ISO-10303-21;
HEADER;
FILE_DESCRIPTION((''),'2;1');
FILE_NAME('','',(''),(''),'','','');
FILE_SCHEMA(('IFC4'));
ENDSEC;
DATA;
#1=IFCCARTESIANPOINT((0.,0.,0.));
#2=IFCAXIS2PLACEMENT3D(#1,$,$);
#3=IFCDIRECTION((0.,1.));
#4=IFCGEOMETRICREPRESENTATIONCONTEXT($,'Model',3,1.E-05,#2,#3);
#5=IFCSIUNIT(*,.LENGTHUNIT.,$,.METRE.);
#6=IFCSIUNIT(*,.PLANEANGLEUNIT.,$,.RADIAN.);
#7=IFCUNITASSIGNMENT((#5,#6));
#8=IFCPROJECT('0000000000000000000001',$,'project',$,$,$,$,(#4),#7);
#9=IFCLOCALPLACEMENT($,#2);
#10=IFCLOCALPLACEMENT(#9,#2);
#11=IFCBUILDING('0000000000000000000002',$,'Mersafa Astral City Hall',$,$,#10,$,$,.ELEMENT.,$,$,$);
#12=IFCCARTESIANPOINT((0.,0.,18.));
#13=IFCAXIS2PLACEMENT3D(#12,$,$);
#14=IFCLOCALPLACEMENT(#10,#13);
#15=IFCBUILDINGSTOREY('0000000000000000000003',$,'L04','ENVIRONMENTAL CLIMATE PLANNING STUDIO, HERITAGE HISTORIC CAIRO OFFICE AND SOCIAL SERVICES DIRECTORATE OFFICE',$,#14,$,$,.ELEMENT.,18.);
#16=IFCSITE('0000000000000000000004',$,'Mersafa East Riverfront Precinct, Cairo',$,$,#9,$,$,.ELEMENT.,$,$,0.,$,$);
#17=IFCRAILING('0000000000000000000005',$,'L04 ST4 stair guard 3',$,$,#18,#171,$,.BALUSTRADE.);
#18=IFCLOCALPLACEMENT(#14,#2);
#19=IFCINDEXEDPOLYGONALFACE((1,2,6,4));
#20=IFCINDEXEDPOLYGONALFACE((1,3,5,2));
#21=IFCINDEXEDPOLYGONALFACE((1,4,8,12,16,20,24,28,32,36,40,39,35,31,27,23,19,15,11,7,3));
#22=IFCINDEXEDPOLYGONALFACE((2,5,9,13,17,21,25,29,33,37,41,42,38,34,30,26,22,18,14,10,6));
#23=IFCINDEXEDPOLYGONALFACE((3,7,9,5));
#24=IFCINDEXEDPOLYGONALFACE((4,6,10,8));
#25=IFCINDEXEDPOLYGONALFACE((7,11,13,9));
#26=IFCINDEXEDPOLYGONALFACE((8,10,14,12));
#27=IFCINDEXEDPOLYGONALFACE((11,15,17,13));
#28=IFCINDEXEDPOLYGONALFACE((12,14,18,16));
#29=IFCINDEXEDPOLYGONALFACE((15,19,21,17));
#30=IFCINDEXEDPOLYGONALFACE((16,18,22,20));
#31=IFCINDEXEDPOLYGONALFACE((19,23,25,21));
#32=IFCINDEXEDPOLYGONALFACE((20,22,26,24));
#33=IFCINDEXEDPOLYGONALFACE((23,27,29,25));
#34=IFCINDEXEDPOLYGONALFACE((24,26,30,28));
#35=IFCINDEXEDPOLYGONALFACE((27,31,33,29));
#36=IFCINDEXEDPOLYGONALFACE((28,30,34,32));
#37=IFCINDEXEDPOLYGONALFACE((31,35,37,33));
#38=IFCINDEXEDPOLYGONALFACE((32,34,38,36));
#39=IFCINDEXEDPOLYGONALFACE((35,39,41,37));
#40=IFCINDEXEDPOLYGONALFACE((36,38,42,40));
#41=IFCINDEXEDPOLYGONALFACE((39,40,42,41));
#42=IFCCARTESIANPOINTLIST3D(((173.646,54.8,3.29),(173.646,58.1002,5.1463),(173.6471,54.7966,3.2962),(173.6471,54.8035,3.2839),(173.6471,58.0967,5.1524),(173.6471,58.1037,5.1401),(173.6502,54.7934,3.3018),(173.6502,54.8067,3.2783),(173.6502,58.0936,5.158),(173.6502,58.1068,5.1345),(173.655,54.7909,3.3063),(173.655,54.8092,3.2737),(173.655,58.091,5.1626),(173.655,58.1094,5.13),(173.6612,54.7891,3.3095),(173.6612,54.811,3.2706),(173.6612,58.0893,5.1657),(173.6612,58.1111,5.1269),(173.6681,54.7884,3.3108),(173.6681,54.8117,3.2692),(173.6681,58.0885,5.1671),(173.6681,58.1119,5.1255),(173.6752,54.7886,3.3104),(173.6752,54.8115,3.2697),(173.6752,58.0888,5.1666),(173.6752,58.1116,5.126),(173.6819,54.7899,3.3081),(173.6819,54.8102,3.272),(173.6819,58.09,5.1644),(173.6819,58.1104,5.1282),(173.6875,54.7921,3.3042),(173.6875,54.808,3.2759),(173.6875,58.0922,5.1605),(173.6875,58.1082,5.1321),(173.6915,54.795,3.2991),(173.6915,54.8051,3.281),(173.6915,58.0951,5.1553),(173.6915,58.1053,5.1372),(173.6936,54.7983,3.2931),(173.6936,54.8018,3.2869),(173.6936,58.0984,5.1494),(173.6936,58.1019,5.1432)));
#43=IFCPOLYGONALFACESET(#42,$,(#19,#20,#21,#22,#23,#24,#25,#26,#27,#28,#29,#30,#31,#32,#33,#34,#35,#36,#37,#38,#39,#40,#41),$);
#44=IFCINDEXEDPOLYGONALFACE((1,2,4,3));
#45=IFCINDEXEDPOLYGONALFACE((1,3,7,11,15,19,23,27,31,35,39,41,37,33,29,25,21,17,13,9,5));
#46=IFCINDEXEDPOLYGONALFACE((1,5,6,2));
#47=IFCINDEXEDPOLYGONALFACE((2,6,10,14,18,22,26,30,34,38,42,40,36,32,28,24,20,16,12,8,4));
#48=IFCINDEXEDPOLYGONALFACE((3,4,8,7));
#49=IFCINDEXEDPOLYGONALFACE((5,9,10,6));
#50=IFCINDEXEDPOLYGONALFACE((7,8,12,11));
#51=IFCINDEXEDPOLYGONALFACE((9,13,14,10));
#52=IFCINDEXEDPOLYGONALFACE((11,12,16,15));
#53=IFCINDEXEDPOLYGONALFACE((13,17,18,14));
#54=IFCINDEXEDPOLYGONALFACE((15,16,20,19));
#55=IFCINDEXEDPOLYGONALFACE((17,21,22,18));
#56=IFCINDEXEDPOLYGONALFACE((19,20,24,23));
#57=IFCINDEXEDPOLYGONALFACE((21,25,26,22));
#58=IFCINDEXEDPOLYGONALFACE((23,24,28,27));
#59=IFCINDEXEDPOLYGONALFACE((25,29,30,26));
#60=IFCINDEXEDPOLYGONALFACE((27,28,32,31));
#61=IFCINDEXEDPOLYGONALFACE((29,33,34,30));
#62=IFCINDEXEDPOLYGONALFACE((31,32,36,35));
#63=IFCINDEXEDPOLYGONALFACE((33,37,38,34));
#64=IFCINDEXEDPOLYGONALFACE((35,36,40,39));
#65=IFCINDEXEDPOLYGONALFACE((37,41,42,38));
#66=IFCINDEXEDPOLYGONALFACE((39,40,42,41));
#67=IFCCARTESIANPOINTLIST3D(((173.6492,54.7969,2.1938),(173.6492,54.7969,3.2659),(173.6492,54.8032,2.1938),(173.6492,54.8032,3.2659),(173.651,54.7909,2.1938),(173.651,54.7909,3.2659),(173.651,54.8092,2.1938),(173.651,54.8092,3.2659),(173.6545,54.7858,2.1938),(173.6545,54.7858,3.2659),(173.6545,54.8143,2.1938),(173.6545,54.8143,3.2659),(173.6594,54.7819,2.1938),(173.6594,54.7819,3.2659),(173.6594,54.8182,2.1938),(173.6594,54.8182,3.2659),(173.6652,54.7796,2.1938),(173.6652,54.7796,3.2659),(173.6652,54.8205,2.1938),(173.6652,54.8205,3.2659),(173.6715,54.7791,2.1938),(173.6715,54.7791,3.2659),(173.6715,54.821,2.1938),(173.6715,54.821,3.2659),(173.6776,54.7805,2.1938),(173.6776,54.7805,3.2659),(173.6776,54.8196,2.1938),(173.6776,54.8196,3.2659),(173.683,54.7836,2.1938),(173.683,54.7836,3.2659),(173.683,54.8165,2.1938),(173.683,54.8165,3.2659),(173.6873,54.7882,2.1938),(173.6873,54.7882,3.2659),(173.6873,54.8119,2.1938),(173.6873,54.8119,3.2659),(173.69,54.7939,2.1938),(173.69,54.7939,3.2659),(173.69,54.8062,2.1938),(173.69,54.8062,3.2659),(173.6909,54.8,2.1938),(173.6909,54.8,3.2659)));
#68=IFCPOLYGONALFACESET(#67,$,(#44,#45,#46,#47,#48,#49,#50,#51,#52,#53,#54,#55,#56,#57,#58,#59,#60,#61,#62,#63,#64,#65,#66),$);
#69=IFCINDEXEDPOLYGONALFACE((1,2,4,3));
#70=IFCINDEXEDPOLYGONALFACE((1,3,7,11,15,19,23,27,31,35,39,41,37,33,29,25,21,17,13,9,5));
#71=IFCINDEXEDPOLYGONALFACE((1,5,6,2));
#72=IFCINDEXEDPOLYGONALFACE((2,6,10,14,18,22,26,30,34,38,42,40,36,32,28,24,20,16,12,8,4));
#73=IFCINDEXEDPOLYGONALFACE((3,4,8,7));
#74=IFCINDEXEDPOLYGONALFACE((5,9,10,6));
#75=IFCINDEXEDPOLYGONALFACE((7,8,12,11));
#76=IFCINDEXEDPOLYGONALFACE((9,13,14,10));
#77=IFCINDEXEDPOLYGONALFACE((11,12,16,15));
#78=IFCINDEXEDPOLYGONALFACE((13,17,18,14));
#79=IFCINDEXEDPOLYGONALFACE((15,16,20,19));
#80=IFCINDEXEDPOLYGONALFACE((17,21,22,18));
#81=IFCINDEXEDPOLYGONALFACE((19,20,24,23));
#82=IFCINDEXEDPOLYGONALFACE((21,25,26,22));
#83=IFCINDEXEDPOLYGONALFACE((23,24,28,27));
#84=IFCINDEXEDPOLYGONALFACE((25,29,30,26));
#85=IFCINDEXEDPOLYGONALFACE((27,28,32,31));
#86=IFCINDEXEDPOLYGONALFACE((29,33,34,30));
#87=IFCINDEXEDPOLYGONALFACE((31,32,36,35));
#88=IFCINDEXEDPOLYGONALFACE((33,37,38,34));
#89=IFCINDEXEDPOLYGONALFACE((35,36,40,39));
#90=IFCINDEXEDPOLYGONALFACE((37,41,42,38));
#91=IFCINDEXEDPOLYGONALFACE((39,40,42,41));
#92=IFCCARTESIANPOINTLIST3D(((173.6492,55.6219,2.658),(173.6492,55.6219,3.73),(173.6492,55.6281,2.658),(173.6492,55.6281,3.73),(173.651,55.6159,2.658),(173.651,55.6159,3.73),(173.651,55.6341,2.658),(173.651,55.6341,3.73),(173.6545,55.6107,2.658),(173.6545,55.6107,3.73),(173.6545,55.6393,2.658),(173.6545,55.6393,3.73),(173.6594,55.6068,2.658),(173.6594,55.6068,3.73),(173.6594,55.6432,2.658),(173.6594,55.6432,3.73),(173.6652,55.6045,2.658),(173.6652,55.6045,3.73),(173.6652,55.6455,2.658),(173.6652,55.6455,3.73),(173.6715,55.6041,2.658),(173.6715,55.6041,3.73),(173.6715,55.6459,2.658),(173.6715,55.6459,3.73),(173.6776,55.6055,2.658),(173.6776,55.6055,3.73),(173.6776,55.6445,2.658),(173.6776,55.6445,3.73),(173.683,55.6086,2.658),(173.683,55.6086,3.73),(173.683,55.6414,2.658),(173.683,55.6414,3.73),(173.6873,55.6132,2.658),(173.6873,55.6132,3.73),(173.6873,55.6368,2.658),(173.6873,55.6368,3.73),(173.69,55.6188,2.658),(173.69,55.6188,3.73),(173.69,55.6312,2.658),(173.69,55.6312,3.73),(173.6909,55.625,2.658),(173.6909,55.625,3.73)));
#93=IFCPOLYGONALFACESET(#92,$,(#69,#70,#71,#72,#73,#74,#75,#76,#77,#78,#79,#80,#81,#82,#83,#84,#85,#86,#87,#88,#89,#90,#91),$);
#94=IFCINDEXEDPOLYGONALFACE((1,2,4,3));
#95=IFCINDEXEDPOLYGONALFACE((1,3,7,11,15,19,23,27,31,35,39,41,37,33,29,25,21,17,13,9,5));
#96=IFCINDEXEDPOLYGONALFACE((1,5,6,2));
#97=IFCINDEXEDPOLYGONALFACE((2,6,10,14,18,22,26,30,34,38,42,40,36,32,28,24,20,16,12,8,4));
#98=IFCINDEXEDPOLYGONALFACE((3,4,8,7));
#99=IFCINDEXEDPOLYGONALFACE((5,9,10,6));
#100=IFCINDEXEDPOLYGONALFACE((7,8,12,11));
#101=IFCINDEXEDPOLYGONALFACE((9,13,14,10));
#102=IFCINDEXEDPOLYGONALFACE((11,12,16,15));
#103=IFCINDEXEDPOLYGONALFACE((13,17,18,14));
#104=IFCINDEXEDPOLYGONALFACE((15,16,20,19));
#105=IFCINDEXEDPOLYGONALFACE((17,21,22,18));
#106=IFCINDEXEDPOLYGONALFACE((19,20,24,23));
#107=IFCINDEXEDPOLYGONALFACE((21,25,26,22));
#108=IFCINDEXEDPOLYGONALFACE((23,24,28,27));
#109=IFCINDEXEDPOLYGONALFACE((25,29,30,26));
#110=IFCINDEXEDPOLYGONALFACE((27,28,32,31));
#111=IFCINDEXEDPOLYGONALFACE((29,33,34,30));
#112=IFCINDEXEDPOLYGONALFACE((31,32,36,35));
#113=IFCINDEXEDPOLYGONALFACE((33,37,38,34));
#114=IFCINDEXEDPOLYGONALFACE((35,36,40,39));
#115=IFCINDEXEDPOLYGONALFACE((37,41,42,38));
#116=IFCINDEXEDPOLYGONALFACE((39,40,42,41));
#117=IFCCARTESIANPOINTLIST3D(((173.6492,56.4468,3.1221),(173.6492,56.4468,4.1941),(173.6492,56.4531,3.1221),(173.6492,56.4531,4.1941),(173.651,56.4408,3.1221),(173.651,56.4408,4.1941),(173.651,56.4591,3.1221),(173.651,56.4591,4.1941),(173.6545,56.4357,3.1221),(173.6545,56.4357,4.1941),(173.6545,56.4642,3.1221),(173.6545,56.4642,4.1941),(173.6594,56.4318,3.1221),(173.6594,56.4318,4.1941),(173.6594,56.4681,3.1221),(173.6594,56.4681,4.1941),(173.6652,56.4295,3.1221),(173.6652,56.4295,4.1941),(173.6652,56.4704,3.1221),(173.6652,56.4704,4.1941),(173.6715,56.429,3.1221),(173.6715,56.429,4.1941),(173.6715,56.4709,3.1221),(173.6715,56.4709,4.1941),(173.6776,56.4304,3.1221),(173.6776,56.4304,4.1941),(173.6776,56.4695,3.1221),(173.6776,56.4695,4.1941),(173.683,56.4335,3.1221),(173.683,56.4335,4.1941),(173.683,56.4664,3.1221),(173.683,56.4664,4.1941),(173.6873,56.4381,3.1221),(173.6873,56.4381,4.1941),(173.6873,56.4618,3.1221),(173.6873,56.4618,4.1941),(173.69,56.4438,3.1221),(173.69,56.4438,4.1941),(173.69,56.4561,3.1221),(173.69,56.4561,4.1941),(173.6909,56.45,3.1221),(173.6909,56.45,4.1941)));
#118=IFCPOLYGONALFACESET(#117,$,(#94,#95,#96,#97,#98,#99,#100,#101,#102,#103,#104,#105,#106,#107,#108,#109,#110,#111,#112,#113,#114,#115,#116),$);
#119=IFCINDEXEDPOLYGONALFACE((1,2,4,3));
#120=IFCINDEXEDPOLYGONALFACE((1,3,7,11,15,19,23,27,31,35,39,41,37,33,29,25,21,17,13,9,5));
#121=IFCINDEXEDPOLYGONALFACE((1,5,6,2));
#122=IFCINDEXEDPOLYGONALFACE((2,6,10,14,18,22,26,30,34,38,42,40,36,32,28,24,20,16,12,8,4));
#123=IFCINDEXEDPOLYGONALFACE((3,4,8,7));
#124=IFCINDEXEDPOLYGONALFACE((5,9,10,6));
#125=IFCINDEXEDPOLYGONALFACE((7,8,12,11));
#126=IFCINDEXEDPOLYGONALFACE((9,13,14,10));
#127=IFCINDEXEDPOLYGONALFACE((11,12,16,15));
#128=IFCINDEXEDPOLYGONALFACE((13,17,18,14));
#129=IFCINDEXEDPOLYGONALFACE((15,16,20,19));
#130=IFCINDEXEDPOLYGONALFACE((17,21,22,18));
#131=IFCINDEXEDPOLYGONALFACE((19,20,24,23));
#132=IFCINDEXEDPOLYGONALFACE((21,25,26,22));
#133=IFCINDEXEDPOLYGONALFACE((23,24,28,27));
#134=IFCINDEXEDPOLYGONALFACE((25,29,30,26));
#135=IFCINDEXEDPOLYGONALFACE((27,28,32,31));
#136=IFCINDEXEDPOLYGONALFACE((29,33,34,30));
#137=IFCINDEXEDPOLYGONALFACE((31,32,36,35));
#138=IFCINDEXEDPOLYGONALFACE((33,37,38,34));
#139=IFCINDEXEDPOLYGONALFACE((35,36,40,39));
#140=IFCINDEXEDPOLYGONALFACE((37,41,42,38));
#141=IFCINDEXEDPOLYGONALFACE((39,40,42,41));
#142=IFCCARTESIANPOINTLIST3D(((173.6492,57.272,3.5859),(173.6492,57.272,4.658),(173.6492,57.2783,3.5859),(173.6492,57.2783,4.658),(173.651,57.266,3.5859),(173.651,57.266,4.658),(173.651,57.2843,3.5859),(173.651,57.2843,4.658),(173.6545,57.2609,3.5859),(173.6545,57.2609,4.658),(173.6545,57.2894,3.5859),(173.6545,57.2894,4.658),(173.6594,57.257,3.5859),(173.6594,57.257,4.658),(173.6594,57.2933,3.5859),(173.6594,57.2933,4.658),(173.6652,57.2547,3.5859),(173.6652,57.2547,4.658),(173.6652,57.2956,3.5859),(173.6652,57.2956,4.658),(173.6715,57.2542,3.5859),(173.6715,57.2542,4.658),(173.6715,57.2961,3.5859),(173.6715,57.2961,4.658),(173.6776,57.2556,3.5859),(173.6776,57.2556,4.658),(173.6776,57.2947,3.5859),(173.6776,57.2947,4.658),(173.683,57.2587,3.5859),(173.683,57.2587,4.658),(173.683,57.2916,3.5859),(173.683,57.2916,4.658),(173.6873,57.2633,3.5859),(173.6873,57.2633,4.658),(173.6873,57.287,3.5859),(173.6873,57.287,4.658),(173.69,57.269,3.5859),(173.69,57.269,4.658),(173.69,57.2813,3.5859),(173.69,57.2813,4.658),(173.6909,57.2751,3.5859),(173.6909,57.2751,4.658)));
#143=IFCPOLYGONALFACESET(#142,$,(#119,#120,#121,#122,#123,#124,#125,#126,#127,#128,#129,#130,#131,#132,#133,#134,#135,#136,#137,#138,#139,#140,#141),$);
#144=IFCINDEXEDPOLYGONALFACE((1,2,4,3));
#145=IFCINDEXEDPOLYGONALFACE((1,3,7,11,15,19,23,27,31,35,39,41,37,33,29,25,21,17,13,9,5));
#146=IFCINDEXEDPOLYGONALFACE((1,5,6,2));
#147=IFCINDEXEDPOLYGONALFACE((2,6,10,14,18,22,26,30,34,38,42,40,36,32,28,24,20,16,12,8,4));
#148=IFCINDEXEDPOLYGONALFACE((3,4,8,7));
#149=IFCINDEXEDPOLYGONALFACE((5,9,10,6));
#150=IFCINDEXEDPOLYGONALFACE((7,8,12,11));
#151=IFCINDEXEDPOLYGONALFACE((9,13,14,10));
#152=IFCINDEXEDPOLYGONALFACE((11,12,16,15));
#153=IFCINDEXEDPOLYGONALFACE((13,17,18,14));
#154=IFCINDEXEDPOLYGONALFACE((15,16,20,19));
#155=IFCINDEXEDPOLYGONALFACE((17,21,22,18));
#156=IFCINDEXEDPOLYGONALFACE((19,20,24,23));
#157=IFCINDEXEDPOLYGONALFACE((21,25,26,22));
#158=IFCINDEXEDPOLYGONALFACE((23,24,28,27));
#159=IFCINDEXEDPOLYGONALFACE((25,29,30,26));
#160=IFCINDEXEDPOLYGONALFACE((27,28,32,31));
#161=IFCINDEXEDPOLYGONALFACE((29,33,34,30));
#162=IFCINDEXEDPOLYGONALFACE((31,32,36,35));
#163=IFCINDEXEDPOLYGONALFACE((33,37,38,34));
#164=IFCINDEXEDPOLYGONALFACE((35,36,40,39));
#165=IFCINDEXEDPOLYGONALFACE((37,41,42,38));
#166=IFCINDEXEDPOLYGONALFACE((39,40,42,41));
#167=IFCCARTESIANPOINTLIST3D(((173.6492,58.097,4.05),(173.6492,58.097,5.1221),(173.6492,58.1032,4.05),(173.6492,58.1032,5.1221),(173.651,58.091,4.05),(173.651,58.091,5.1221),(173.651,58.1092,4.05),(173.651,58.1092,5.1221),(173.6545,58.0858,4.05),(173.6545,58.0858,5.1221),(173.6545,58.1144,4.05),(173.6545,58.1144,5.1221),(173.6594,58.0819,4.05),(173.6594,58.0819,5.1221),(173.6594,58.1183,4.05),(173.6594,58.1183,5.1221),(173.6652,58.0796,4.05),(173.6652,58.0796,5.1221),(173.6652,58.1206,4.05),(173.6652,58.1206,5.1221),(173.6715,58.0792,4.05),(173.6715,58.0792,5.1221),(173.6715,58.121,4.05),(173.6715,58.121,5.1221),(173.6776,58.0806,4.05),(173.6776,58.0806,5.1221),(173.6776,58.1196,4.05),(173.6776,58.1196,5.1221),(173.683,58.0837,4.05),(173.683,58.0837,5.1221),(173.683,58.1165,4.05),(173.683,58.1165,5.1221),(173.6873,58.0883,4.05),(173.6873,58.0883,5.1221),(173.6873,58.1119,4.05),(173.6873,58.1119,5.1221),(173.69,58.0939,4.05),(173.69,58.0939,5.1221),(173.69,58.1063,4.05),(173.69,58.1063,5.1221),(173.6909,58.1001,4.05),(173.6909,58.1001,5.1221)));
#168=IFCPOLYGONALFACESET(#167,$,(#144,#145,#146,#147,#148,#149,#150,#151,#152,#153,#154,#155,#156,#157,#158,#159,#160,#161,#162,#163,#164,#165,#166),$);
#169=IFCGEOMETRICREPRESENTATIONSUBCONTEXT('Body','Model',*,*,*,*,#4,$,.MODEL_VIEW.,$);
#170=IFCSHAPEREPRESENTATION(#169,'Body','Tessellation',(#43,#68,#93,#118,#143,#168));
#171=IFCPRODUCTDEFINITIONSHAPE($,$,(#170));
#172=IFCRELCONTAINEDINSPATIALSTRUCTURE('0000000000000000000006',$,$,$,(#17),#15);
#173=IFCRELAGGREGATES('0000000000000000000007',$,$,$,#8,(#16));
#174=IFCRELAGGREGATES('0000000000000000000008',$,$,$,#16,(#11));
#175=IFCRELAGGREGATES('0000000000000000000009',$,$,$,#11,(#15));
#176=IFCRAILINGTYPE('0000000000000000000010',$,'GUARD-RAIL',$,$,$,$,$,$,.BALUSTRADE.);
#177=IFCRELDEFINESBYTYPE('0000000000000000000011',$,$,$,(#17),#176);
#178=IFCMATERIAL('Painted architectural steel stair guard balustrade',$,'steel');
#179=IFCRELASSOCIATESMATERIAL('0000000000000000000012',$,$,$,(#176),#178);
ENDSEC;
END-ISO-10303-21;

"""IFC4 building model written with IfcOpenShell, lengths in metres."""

from ifc_helpers import new_model, si_unit, direction, frame, origin, origin_2d, place, context, subcontext, project, spatial, circle, extrude, material, type_object, element, save


model = new_model("IFC4")

# Units and contexts
model_context = context("Model", 3, precision=1e-05, world=origin(), true_north=direction((0.0, 1.0)))
body_context = subcontext(model_context, "Body", "Model", "MODEL_VIEW")
ifc_project = project(units=[si_unit("LENGTHUNIT", "METRE"), si_unit("PLANEANGLEUNIT", "RADIAN")], contexts=[model_context])

# Site, building, storey
site_placement = place(None, origin())
site = spatial("IfcSite", under=ifc_project, at=site_placement, Name="Mersafa East Riverfront Precinct, Cairo", CompositionType="ELEMENT", RefElevation=0.0)
building_placement = place(site_placement, origin())
building = spatial("IfcBuilding", under=site, at=building_placement, Name="Mersafa Astral City Hall", CompositionType="ELEMENT")
storey_placement = place(building_placement, frame((0.0, 0.0, 18.0)))
storey = spatial("IfcBuildingStorey", under=building, at=storey_placement, Name="L04", Description="ENVIRONMENTAL CLIMATE PLANNING STUDIO, HERITAGE HISTORIC CAIRO OFFICE AND SOCIAL SERVICES DIRECTORATE OFFICE", CompositionType="ELEMENT", Elevation=18.0)

# Railing
ifc_material_1 = material(Name="Painted architectural steel stair guard balustrade", Category="steel")
railing_type_1 = type_object("IfcRailingType", Name="GUARD-RAIL", PredefinedType="BALUSTRADE", material=ifc_material_1)
railing_1_placement = place(storey_placement, frame((173.6699, 54.8, 2.1938)))
element("IfcRailing", 1, at=railing_1_placement, inside=storey, type_object=railing_type_1, Name="L04 ST4 stair guard 3", PredefinedType="BALUSTRADE", context=body_context, shape_type="SweptSolid", body=[
    extrude(circle(Radius=0.0239, at=origin_2d()), frame((0.0, 0.0, 1.0962), z_axis=(0.0, 0.871584, 0.490246), x_axis=(-1.0, 0.0, 0.0)), (0.0, 0.0, 1.0), 3.7864),
    extrude(circle(Radius=0.021, at=origin_2d()), origin(), (0.0, 0.0, 1.0), 1.072),
    extrude(circle(Radius=0.021, at=origin_2d()), frame((0.0, 0.825, 0.4641)), (0.0, 0.0, 1.0), 1.072),
    extrude(circle(Radius=0.021, at=origin_2d()), frame((0.0, 1.6499, 0.9282)), (0.0, 0.0, 1.0), 1.072),
    extrude(circle(Radius=0.021, at=origin_2d()), frame((0.0, 2.4751, 1.3921)), (0.0, 0.0, 1.0), 1.072),
    extrude(circle(Radius=0.021, at=origin_2d()), frame((0.0, 3.3, 1.8562)), (0.0, 0.0, 1.0), 1.072),
])

save(model, "model.ifc")
